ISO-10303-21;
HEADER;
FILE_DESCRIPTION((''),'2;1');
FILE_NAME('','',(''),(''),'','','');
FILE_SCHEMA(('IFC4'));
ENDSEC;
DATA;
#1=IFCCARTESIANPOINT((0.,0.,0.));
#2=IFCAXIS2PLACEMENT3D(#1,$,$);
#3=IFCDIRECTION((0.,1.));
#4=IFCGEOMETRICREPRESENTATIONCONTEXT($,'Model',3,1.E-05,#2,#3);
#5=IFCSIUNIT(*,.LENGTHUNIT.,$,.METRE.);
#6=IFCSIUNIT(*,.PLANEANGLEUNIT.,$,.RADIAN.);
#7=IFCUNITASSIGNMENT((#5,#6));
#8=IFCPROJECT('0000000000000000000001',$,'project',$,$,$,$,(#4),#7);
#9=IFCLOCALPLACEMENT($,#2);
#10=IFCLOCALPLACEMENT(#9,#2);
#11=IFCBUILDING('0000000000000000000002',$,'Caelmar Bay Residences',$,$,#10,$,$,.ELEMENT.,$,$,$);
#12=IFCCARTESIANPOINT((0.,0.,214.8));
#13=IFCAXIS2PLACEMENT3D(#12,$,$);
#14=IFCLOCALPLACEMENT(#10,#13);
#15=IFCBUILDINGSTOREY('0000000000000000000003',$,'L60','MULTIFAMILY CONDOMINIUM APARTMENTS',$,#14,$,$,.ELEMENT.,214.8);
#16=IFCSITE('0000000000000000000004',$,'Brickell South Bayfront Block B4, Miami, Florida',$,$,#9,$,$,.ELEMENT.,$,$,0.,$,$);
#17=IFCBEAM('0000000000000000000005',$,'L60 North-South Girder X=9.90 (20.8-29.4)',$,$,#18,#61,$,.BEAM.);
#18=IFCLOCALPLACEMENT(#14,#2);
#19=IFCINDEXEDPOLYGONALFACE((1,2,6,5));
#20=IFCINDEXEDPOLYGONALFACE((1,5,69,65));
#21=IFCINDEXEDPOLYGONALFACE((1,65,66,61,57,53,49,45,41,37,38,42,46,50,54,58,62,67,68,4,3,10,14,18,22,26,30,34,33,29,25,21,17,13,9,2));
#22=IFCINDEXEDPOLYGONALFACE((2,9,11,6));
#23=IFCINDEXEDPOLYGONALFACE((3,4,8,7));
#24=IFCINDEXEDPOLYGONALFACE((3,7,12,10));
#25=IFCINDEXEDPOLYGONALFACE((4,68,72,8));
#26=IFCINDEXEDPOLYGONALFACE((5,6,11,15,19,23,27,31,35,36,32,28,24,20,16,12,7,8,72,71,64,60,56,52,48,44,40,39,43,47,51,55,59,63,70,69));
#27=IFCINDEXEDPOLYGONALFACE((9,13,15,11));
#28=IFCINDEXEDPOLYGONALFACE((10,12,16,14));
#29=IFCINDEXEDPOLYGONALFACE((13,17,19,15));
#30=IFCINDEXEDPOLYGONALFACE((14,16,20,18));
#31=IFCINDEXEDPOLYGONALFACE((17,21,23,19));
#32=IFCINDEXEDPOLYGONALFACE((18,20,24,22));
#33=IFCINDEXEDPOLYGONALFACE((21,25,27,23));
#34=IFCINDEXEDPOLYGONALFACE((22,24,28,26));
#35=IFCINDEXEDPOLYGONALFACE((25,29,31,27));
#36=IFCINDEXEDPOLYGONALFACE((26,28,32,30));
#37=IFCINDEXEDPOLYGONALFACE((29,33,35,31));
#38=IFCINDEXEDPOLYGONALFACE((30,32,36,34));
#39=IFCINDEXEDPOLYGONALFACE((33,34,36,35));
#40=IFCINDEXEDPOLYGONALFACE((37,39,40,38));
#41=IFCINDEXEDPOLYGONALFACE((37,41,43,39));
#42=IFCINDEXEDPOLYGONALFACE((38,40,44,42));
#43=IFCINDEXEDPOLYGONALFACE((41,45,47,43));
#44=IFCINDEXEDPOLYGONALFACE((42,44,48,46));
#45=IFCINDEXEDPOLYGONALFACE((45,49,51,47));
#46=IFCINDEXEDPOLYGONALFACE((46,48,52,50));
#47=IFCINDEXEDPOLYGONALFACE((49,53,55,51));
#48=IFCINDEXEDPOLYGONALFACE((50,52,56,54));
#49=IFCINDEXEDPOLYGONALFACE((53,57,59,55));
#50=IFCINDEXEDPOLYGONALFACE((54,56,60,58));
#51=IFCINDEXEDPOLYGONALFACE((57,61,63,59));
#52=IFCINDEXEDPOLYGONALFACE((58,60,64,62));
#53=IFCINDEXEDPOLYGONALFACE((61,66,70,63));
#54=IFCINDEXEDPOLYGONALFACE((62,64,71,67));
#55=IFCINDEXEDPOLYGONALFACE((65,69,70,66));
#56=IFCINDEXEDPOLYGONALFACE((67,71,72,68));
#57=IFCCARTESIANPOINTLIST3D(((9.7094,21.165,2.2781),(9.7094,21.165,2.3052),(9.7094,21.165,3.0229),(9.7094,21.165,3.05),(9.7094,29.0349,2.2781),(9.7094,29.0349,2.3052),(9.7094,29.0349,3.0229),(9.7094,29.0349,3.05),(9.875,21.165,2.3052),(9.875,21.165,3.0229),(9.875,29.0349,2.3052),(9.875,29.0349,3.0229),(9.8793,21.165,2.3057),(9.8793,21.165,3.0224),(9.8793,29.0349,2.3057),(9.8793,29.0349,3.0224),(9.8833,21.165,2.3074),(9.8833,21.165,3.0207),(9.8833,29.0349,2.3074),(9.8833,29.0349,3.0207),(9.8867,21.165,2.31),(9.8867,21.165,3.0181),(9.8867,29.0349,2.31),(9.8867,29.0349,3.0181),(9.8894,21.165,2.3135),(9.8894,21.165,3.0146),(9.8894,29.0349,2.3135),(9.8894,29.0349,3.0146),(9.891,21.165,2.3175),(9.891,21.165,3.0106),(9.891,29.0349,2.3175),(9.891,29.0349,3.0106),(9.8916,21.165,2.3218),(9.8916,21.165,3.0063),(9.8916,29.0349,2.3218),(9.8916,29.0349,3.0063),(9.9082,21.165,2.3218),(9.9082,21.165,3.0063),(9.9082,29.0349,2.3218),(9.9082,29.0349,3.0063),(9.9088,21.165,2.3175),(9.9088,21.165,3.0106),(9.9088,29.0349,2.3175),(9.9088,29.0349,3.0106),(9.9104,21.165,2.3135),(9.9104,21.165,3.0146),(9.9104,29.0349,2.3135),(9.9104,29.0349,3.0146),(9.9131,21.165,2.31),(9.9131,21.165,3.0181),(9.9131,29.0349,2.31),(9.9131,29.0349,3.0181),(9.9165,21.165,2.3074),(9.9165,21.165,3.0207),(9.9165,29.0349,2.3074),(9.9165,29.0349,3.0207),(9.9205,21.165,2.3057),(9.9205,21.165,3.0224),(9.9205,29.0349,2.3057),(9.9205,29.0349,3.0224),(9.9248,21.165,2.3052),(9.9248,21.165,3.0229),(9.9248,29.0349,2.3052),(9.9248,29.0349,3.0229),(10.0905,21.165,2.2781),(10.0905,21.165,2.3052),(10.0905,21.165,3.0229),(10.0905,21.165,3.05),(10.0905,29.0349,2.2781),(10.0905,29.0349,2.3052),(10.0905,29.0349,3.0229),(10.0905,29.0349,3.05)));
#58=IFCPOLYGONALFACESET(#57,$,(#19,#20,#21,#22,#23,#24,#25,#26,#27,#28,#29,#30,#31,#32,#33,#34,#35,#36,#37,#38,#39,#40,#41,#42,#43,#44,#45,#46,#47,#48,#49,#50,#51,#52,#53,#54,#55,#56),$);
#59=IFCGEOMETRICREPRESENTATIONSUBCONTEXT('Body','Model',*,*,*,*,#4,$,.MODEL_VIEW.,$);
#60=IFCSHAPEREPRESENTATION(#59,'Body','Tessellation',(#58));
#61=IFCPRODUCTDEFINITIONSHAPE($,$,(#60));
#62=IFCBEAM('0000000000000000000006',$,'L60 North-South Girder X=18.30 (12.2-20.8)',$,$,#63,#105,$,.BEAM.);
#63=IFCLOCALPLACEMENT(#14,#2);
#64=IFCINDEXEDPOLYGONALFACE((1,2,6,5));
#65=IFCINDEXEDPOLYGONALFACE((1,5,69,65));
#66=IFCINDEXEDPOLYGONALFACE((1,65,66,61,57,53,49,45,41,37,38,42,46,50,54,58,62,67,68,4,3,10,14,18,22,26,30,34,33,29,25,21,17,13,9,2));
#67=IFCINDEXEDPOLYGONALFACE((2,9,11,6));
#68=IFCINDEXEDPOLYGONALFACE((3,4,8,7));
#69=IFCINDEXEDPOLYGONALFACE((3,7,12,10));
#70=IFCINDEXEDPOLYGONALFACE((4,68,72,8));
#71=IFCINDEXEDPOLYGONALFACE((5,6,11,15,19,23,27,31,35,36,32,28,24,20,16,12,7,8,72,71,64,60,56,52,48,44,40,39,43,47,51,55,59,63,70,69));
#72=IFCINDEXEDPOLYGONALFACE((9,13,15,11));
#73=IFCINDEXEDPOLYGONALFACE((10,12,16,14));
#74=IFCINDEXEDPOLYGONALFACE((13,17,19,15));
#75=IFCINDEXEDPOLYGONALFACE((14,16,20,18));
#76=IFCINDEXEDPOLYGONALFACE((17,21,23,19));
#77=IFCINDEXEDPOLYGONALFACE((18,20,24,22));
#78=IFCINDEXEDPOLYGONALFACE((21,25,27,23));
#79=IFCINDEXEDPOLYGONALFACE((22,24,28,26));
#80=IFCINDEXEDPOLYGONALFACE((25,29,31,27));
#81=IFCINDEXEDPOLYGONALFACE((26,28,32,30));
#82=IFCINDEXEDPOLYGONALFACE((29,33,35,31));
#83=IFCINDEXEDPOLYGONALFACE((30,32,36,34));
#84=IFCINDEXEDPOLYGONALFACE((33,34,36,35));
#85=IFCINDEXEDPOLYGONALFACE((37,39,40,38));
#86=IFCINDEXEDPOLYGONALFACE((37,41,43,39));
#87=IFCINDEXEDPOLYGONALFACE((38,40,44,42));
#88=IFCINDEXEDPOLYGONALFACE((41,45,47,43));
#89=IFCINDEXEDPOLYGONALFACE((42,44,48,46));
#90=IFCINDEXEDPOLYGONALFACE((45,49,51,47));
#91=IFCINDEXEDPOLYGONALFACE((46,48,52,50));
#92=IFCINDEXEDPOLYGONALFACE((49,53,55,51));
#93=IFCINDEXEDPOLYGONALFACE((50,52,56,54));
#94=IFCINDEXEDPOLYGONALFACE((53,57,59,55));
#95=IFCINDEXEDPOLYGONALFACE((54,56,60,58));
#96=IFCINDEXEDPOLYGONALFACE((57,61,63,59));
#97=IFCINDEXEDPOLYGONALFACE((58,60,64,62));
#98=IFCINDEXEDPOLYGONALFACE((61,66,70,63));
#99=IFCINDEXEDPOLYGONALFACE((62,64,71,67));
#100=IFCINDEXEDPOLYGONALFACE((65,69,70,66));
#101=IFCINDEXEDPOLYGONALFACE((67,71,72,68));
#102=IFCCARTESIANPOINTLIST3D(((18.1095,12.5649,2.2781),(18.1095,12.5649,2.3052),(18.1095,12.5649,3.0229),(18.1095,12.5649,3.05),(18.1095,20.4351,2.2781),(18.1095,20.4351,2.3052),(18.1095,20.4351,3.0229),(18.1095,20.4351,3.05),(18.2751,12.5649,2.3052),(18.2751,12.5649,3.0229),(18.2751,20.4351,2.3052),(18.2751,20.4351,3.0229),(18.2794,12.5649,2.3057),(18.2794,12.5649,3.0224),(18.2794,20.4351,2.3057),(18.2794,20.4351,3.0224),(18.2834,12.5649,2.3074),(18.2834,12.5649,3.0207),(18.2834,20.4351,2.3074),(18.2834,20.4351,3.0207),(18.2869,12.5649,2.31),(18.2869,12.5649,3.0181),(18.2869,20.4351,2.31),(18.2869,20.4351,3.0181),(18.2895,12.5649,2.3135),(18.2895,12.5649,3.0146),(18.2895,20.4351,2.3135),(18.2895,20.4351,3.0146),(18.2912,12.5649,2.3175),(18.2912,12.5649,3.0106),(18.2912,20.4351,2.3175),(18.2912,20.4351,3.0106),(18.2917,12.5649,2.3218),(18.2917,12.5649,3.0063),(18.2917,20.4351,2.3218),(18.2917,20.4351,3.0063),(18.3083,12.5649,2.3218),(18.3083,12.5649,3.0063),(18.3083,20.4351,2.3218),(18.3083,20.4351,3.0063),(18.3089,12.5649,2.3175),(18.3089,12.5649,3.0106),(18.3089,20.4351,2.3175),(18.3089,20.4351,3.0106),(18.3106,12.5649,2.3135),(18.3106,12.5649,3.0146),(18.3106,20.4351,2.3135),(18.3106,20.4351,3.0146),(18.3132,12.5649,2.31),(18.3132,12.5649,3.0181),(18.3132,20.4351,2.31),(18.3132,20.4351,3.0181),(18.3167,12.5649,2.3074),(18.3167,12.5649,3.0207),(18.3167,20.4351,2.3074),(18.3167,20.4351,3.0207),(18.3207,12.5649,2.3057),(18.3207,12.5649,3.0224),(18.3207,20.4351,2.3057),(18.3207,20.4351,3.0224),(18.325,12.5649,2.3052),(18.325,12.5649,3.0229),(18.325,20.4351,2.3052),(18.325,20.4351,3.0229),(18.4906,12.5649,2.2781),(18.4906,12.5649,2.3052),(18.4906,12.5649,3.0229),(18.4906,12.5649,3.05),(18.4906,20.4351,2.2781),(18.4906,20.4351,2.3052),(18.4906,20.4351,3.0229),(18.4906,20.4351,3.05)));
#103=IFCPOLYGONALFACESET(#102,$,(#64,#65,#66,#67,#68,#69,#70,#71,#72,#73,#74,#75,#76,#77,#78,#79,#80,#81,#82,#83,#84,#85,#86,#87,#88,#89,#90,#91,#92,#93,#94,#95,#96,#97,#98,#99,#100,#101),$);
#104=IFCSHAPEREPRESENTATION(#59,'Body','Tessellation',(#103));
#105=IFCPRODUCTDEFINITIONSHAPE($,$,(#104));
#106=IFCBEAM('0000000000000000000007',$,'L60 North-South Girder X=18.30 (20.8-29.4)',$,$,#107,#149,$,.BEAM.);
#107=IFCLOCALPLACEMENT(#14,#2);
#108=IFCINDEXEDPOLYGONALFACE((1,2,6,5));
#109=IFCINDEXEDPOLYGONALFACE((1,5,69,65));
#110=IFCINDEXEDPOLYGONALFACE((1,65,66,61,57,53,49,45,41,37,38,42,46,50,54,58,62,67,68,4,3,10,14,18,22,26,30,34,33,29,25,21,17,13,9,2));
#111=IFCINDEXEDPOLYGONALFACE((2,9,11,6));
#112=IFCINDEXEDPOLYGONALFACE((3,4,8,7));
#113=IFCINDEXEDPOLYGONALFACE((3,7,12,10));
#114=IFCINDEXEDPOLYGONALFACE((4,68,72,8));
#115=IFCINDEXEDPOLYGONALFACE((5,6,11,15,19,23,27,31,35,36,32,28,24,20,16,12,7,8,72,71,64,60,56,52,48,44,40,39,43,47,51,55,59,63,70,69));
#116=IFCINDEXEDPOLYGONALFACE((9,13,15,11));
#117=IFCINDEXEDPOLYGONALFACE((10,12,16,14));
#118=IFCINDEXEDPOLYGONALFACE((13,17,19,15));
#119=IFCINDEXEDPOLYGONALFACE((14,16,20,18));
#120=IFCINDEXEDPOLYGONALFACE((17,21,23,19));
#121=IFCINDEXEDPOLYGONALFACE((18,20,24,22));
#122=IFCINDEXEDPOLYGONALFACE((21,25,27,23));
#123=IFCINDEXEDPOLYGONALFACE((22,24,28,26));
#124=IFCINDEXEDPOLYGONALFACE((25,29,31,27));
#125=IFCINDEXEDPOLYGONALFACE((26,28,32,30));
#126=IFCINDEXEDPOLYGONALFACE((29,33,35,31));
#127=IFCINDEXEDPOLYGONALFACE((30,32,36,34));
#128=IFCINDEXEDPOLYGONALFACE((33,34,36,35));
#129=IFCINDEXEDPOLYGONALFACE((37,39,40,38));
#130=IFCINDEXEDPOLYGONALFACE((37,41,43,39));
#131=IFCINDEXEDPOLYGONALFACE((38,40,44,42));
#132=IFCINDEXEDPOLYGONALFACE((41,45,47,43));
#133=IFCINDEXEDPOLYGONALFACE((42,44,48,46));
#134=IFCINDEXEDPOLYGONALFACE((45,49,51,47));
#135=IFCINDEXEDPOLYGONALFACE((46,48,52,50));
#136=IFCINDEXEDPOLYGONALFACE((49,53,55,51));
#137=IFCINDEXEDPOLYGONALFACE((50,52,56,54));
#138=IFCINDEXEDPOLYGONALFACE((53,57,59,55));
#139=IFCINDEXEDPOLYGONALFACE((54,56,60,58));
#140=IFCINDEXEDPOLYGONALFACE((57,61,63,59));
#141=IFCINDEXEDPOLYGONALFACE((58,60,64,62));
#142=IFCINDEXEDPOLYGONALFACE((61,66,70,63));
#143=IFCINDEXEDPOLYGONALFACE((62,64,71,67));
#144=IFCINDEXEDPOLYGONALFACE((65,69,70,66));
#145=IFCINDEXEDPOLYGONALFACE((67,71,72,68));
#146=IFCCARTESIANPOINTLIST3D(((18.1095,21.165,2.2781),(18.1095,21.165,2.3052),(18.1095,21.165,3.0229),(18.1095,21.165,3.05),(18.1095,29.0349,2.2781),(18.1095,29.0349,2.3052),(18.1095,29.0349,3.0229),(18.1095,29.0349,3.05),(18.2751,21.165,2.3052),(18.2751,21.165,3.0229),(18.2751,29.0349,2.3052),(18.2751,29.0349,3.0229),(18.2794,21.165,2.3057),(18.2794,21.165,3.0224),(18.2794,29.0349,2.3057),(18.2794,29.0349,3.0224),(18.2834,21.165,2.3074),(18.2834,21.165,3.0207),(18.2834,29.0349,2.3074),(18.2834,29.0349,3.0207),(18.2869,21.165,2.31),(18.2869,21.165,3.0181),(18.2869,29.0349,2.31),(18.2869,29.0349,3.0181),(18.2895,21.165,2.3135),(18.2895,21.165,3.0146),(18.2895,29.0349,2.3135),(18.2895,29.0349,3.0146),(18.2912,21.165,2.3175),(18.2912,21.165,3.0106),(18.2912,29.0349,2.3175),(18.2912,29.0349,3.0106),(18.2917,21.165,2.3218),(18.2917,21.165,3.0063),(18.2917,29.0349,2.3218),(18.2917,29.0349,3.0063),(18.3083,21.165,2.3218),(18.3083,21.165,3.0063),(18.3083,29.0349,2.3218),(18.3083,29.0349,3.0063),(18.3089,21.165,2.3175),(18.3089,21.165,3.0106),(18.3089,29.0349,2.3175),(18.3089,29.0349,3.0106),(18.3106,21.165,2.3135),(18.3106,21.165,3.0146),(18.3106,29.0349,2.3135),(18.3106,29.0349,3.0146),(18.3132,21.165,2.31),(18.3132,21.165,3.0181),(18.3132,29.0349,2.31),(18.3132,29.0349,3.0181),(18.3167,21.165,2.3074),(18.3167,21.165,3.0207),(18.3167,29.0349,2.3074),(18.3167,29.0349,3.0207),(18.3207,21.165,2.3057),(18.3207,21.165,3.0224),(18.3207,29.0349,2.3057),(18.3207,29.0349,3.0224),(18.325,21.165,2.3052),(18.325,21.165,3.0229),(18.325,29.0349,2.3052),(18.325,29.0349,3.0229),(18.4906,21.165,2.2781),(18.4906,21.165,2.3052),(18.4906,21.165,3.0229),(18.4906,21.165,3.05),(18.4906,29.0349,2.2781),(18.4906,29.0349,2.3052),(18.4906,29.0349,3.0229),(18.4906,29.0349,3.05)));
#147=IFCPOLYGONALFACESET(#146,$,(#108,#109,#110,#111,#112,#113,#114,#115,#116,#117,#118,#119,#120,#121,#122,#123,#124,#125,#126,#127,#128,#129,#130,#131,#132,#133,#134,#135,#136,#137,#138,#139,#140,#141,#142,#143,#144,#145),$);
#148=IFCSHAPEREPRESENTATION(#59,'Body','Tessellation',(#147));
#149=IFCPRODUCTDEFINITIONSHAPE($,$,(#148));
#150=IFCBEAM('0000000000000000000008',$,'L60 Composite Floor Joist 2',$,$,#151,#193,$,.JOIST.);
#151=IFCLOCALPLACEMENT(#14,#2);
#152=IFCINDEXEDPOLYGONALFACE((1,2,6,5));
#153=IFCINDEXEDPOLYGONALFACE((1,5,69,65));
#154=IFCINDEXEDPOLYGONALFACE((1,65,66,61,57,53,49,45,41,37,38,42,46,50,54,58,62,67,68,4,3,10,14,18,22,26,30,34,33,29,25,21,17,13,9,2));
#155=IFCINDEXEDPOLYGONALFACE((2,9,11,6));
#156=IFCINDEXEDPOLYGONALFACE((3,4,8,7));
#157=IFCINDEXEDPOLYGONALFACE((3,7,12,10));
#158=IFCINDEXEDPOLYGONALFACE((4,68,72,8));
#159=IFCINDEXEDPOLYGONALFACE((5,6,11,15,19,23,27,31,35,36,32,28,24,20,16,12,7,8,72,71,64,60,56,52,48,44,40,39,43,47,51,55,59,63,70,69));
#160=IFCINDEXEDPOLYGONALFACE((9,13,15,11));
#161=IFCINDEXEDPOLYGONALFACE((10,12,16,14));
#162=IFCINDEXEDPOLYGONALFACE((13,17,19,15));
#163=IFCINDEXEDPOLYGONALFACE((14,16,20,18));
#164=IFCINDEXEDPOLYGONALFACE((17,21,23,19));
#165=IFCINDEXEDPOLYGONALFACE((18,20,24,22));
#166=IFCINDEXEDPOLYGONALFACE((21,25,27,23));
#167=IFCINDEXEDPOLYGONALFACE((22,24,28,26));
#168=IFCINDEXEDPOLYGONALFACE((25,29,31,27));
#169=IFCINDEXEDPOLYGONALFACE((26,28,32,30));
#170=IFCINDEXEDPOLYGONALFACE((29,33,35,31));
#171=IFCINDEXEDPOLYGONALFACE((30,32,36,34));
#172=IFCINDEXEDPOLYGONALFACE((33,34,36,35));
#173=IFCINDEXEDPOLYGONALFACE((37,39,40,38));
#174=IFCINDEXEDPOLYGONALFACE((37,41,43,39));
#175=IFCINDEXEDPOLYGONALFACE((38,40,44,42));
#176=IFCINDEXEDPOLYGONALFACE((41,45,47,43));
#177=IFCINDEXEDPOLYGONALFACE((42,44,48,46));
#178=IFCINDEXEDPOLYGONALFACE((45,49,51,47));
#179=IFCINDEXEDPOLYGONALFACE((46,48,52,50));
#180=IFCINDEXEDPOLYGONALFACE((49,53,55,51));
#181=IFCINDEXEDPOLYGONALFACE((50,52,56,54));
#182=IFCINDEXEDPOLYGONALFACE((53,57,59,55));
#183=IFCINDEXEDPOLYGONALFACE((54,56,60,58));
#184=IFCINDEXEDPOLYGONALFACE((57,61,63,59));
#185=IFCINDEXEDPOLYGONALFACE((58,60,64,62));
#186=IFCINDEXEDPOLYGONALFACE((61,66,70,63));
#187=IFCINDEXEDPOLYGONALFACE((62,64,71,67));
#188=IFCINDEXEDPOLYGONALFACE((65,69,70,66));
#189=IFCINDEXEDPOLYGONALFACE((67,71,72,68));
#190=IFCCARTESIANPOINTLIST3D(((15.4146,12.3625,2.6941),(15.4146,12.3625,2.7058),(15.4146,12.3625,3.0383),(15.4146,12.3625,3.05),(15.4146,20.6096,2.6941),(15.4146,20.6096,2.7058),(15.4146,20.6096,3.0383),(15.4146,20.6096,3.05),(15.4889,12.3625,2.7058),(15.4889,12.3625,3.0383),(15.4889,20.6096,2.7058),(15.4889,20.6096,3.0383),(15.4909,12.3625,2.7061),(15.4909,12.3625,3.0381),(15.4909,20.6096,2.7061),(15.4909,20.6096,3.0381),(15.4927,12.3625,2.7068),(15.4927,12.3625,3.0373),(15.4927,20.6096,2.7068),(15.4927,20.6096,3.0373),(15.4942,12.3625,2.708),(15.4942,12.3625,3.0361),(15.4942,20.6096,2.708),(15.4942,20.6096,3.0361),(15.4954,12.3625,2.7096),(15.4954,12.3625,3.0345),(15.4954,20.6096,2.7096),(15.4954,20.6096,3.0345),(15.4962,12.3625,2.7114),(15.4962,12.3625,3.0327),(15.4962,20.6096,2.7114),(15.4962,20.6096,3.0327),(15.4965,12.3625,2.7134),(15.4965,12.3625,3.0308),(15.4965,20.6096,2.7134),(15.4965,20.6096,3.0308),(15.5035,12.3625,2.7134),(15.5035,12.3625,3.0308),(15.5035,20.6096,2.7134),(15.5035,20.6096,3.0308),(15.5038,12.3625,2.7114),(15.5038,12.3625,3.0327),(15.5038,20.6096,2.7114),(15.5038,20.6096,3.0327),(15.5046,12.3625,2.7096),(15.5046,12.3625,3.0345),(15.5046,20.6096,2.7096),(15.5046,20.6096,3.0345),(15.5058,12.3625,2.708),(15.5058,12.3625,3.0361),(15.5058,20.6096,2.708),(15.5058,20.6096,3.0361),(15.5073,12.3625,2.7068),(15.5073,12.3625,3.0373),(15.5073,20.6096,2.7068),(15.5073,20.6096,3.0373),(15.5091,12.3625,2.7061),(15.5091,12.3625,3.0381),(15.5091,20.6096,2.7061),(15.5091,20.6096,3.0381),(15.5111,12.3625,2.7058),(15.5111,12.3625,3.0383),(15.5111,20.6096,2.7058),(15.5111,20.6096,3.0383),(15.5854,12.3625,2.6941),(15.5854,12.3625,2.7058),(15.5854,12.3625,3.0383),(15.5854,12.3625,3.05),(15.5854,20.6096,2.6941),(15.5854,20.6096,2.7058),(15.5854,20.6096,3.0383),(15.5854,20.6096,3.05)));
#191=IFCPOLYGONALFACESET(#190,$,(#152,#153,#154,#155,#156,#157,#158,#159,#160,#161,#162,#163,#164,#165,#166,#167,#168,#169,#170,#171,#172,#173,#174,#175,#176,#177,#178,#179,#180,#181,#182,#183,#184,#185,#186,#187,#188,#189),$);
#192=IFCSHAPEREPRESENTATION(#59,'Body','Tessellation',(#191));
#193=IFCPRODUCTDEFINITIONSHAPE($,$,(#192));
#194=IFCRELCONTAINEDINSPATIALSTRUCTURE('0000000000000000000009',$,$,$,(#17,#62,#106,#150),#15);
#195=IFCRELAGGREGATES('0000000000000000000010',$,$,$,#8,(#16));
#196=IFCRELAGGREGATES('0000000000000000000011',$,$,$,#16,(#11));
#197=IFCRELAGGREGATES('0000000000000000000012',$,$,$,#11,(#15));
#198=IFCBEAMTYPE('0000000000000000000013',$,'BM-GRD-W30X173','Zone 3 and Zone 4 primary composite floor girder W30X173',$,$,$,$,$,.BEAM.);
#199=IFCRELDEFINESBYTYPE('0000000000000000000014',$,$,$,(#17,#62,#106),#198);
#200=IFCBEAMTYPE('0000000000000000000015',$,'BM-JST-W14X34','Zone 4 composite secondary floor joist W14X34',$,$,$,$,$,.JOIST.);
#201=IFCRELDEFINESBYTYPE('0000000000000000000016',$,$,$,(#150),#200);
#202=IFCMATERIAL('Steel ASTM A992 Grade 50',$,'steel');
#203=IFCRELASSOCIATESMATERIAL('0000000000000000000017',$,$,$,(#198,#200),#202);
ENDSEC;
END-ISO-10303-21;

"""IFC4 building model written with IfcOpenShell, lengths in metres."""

from ifc_helpers import new_model, si_unit, direction, frame, origin, origin_2d, place, context, subcontext, project, spatial, i_section, extrude, material, material_profile, profile_set, type_object, element, save


model = new_model("IFC4")

# Units and contexts
model_context = context("Model", 3, precision=1e-05, world=origin(), true_north=direction((0.0, 1.0)))
body_context = subcontext(model_context, "Body", "Model", "MODEL_VIEW")
ifc_project = project(units=[si_unit("LENGTHUNIT", "METRE"), si_unit("PLANEANGLEUNIT", "RADIAN")], contexts=[model_context])

# Site, building, storey
site_placement = place(None, origin())
site = spatial("IfcSite", under=ifc_project, at=site_placement, Name="Brickell South Bayfront Block B4, Miami, Florida", CompositionType="ELEMENT", RefElevation=0.0)
building_placement = place(site_placement, origin())
building = spatial("IfcBuilding", under=site, at=building_placement, Name="Caelmar Bay Residences", CompositionType="ELEMENT")
storey_placement = place(building_placement, frame((0.0, 0.0, 214.8)))
storey = spatial("IfcBuildingStorey", under=building, at=storey_placement, Name="L60", Description="MULTIFAMILY CONDOMINIUM APARTMENTS", CompositionType="ELEMENT", Elevation=214.8)

# Beams
ifc_material_1 = material(Name="Steel ASTM A992 Grade 50", Category="steel")
ifc_material_profile_1 = material_profile(ifc_material_1, i_section(OverallWidth=0.3811, OverallDepth=0.772, WebThickness=0.0166, FlangeThickness=0.0271, FilletRadius=0.0166, at=origin_2d()), Name="W30X173")
ifc_profile_set_1 = profile_set([ifc_material_profile_1], Name="Steel ASTM A992 Grade 50")
beam_type_1 = type_object("IfcBeamType", Name="BM-GRD-W30X173", Description="Zone 3 and Zone 4 primary composite floor girder W30X173", PredefinedType="BEAM", material=ifc_profile_set_1)
beam_1_placement = place(storey_placement, frame((9.8999, 21.165, 2.6641), z_axis=(0.0, 1.0, 0.0), x_axis=(-1.0, 0.0, 0.0)))
element("IfcBeam", 1, at=beam_1_placement, inside=storey, type_object=beam_type_1, Name="L60 North-South Girder X=9.90 (20.8-29.4)", PredefinedType="BEAM", context=body_context, shape_type="SweptSolid", body=[
    extrude(i_section(OverallWidth=0.3811, OverallDepth=0.772, WebThickness=0.0166, FlangeThickness=0.0271, FilletRadius=0.0166, at=origin_2d()), origin(), (0.0, 0.0, 1.0), 7.8699),
])
beam_2_placement = place(storey_placement, frame((18.3, 12.5649, 2.6641), z_axis=(0.0, 1.0, 0.0), x_axis=(-1.0, 0.0, 0.0)))
element("IfcBeam", 2, at=beam_2_placement, inside=storey, type_object=beam_type_1, Name="L60 North-South Girder X=18.30 (12.2-20.8)", PredefinedType="BEAM", context=body_context, shape_type="SweptSolid", body=[
    extrude(i_section(OverallWidth=0.3811, OverallDepth=0.772, WebThickness=0.0166, FlangeThickness=0.0271, FilletRadius=0.0166, at=origin_2d()), origin(), (0.0, 0.0, 1.0), 7.8701),
])
beam_3_placement = place(storey_placement, frame((18.3, 21.165, 2.6641), z_axis=(0.0, 1.0, 0.0), x_axis=(-1.0, 0.0, 0.0)))
element("IfcBeam", 3, at=beam_3_placement, inside=storey, type_object=beam_type_1, Name="L60 North-South Girder X=18.30 (20.8-29.4)", PredefinedType="BEAM", context=body_context, shape_type="SweptSolid", body=[
    extrude(i_section(OverallWidth=0.3811, OverallDepth=0.772, WebThickness=0.0166, FlangeThickness=0.0271, FilletRadius=0.0166, at=origin_2d()), origin(), (0.0, 0.0, 1.0), 7.8699),
])
ifc_material_profile_2 = material_profile(ifc_material_1, i_section(OverallWidth=0.1709, OverallDepth=0.356, WebThickness=0.0071, FlangeThickness=0.0117, FilletRadius=0.0076, at=origin_2d()), Name="W14X34")
ifc_profile_set_2 = profile_set([ifc_material_profile_2], Name="Steel ASTM A992 Grade 50")
beam_type_2 = type_object("IfcBeamType", Name="BM-JST-W14X34", Description="Zone 4 composite secondary floor joist W14X34", PredefinedType="JOIST", material=ifc_profile_set_2)
beam_4_placement = place(storey_placement, frame((15.5, 12.3625, 2.8721), z_axis=(0.0, 1.0, 0.0), x_axis=(-1.0, 0.0, 0.0)))
element("IfcBeam", 4, at=beam_4_placement, inside=storey, type_object=beam_type_2, Name="L60 Composite Floor Joist 2", PredefinedType="JOIST", context=body_context, shape_type="SweptSolid", body=[
    extrude(i_section(OverallWidth=0.1709, OverallDepth=0.356, WebThickness=0.0071, FlangeThickness=0.0117, FilletRadius=0.0076, at=origin_2d()), origin(), (0.0, 0.0, 1.0), 8.2471),
])

save(model, "model.ifc")
